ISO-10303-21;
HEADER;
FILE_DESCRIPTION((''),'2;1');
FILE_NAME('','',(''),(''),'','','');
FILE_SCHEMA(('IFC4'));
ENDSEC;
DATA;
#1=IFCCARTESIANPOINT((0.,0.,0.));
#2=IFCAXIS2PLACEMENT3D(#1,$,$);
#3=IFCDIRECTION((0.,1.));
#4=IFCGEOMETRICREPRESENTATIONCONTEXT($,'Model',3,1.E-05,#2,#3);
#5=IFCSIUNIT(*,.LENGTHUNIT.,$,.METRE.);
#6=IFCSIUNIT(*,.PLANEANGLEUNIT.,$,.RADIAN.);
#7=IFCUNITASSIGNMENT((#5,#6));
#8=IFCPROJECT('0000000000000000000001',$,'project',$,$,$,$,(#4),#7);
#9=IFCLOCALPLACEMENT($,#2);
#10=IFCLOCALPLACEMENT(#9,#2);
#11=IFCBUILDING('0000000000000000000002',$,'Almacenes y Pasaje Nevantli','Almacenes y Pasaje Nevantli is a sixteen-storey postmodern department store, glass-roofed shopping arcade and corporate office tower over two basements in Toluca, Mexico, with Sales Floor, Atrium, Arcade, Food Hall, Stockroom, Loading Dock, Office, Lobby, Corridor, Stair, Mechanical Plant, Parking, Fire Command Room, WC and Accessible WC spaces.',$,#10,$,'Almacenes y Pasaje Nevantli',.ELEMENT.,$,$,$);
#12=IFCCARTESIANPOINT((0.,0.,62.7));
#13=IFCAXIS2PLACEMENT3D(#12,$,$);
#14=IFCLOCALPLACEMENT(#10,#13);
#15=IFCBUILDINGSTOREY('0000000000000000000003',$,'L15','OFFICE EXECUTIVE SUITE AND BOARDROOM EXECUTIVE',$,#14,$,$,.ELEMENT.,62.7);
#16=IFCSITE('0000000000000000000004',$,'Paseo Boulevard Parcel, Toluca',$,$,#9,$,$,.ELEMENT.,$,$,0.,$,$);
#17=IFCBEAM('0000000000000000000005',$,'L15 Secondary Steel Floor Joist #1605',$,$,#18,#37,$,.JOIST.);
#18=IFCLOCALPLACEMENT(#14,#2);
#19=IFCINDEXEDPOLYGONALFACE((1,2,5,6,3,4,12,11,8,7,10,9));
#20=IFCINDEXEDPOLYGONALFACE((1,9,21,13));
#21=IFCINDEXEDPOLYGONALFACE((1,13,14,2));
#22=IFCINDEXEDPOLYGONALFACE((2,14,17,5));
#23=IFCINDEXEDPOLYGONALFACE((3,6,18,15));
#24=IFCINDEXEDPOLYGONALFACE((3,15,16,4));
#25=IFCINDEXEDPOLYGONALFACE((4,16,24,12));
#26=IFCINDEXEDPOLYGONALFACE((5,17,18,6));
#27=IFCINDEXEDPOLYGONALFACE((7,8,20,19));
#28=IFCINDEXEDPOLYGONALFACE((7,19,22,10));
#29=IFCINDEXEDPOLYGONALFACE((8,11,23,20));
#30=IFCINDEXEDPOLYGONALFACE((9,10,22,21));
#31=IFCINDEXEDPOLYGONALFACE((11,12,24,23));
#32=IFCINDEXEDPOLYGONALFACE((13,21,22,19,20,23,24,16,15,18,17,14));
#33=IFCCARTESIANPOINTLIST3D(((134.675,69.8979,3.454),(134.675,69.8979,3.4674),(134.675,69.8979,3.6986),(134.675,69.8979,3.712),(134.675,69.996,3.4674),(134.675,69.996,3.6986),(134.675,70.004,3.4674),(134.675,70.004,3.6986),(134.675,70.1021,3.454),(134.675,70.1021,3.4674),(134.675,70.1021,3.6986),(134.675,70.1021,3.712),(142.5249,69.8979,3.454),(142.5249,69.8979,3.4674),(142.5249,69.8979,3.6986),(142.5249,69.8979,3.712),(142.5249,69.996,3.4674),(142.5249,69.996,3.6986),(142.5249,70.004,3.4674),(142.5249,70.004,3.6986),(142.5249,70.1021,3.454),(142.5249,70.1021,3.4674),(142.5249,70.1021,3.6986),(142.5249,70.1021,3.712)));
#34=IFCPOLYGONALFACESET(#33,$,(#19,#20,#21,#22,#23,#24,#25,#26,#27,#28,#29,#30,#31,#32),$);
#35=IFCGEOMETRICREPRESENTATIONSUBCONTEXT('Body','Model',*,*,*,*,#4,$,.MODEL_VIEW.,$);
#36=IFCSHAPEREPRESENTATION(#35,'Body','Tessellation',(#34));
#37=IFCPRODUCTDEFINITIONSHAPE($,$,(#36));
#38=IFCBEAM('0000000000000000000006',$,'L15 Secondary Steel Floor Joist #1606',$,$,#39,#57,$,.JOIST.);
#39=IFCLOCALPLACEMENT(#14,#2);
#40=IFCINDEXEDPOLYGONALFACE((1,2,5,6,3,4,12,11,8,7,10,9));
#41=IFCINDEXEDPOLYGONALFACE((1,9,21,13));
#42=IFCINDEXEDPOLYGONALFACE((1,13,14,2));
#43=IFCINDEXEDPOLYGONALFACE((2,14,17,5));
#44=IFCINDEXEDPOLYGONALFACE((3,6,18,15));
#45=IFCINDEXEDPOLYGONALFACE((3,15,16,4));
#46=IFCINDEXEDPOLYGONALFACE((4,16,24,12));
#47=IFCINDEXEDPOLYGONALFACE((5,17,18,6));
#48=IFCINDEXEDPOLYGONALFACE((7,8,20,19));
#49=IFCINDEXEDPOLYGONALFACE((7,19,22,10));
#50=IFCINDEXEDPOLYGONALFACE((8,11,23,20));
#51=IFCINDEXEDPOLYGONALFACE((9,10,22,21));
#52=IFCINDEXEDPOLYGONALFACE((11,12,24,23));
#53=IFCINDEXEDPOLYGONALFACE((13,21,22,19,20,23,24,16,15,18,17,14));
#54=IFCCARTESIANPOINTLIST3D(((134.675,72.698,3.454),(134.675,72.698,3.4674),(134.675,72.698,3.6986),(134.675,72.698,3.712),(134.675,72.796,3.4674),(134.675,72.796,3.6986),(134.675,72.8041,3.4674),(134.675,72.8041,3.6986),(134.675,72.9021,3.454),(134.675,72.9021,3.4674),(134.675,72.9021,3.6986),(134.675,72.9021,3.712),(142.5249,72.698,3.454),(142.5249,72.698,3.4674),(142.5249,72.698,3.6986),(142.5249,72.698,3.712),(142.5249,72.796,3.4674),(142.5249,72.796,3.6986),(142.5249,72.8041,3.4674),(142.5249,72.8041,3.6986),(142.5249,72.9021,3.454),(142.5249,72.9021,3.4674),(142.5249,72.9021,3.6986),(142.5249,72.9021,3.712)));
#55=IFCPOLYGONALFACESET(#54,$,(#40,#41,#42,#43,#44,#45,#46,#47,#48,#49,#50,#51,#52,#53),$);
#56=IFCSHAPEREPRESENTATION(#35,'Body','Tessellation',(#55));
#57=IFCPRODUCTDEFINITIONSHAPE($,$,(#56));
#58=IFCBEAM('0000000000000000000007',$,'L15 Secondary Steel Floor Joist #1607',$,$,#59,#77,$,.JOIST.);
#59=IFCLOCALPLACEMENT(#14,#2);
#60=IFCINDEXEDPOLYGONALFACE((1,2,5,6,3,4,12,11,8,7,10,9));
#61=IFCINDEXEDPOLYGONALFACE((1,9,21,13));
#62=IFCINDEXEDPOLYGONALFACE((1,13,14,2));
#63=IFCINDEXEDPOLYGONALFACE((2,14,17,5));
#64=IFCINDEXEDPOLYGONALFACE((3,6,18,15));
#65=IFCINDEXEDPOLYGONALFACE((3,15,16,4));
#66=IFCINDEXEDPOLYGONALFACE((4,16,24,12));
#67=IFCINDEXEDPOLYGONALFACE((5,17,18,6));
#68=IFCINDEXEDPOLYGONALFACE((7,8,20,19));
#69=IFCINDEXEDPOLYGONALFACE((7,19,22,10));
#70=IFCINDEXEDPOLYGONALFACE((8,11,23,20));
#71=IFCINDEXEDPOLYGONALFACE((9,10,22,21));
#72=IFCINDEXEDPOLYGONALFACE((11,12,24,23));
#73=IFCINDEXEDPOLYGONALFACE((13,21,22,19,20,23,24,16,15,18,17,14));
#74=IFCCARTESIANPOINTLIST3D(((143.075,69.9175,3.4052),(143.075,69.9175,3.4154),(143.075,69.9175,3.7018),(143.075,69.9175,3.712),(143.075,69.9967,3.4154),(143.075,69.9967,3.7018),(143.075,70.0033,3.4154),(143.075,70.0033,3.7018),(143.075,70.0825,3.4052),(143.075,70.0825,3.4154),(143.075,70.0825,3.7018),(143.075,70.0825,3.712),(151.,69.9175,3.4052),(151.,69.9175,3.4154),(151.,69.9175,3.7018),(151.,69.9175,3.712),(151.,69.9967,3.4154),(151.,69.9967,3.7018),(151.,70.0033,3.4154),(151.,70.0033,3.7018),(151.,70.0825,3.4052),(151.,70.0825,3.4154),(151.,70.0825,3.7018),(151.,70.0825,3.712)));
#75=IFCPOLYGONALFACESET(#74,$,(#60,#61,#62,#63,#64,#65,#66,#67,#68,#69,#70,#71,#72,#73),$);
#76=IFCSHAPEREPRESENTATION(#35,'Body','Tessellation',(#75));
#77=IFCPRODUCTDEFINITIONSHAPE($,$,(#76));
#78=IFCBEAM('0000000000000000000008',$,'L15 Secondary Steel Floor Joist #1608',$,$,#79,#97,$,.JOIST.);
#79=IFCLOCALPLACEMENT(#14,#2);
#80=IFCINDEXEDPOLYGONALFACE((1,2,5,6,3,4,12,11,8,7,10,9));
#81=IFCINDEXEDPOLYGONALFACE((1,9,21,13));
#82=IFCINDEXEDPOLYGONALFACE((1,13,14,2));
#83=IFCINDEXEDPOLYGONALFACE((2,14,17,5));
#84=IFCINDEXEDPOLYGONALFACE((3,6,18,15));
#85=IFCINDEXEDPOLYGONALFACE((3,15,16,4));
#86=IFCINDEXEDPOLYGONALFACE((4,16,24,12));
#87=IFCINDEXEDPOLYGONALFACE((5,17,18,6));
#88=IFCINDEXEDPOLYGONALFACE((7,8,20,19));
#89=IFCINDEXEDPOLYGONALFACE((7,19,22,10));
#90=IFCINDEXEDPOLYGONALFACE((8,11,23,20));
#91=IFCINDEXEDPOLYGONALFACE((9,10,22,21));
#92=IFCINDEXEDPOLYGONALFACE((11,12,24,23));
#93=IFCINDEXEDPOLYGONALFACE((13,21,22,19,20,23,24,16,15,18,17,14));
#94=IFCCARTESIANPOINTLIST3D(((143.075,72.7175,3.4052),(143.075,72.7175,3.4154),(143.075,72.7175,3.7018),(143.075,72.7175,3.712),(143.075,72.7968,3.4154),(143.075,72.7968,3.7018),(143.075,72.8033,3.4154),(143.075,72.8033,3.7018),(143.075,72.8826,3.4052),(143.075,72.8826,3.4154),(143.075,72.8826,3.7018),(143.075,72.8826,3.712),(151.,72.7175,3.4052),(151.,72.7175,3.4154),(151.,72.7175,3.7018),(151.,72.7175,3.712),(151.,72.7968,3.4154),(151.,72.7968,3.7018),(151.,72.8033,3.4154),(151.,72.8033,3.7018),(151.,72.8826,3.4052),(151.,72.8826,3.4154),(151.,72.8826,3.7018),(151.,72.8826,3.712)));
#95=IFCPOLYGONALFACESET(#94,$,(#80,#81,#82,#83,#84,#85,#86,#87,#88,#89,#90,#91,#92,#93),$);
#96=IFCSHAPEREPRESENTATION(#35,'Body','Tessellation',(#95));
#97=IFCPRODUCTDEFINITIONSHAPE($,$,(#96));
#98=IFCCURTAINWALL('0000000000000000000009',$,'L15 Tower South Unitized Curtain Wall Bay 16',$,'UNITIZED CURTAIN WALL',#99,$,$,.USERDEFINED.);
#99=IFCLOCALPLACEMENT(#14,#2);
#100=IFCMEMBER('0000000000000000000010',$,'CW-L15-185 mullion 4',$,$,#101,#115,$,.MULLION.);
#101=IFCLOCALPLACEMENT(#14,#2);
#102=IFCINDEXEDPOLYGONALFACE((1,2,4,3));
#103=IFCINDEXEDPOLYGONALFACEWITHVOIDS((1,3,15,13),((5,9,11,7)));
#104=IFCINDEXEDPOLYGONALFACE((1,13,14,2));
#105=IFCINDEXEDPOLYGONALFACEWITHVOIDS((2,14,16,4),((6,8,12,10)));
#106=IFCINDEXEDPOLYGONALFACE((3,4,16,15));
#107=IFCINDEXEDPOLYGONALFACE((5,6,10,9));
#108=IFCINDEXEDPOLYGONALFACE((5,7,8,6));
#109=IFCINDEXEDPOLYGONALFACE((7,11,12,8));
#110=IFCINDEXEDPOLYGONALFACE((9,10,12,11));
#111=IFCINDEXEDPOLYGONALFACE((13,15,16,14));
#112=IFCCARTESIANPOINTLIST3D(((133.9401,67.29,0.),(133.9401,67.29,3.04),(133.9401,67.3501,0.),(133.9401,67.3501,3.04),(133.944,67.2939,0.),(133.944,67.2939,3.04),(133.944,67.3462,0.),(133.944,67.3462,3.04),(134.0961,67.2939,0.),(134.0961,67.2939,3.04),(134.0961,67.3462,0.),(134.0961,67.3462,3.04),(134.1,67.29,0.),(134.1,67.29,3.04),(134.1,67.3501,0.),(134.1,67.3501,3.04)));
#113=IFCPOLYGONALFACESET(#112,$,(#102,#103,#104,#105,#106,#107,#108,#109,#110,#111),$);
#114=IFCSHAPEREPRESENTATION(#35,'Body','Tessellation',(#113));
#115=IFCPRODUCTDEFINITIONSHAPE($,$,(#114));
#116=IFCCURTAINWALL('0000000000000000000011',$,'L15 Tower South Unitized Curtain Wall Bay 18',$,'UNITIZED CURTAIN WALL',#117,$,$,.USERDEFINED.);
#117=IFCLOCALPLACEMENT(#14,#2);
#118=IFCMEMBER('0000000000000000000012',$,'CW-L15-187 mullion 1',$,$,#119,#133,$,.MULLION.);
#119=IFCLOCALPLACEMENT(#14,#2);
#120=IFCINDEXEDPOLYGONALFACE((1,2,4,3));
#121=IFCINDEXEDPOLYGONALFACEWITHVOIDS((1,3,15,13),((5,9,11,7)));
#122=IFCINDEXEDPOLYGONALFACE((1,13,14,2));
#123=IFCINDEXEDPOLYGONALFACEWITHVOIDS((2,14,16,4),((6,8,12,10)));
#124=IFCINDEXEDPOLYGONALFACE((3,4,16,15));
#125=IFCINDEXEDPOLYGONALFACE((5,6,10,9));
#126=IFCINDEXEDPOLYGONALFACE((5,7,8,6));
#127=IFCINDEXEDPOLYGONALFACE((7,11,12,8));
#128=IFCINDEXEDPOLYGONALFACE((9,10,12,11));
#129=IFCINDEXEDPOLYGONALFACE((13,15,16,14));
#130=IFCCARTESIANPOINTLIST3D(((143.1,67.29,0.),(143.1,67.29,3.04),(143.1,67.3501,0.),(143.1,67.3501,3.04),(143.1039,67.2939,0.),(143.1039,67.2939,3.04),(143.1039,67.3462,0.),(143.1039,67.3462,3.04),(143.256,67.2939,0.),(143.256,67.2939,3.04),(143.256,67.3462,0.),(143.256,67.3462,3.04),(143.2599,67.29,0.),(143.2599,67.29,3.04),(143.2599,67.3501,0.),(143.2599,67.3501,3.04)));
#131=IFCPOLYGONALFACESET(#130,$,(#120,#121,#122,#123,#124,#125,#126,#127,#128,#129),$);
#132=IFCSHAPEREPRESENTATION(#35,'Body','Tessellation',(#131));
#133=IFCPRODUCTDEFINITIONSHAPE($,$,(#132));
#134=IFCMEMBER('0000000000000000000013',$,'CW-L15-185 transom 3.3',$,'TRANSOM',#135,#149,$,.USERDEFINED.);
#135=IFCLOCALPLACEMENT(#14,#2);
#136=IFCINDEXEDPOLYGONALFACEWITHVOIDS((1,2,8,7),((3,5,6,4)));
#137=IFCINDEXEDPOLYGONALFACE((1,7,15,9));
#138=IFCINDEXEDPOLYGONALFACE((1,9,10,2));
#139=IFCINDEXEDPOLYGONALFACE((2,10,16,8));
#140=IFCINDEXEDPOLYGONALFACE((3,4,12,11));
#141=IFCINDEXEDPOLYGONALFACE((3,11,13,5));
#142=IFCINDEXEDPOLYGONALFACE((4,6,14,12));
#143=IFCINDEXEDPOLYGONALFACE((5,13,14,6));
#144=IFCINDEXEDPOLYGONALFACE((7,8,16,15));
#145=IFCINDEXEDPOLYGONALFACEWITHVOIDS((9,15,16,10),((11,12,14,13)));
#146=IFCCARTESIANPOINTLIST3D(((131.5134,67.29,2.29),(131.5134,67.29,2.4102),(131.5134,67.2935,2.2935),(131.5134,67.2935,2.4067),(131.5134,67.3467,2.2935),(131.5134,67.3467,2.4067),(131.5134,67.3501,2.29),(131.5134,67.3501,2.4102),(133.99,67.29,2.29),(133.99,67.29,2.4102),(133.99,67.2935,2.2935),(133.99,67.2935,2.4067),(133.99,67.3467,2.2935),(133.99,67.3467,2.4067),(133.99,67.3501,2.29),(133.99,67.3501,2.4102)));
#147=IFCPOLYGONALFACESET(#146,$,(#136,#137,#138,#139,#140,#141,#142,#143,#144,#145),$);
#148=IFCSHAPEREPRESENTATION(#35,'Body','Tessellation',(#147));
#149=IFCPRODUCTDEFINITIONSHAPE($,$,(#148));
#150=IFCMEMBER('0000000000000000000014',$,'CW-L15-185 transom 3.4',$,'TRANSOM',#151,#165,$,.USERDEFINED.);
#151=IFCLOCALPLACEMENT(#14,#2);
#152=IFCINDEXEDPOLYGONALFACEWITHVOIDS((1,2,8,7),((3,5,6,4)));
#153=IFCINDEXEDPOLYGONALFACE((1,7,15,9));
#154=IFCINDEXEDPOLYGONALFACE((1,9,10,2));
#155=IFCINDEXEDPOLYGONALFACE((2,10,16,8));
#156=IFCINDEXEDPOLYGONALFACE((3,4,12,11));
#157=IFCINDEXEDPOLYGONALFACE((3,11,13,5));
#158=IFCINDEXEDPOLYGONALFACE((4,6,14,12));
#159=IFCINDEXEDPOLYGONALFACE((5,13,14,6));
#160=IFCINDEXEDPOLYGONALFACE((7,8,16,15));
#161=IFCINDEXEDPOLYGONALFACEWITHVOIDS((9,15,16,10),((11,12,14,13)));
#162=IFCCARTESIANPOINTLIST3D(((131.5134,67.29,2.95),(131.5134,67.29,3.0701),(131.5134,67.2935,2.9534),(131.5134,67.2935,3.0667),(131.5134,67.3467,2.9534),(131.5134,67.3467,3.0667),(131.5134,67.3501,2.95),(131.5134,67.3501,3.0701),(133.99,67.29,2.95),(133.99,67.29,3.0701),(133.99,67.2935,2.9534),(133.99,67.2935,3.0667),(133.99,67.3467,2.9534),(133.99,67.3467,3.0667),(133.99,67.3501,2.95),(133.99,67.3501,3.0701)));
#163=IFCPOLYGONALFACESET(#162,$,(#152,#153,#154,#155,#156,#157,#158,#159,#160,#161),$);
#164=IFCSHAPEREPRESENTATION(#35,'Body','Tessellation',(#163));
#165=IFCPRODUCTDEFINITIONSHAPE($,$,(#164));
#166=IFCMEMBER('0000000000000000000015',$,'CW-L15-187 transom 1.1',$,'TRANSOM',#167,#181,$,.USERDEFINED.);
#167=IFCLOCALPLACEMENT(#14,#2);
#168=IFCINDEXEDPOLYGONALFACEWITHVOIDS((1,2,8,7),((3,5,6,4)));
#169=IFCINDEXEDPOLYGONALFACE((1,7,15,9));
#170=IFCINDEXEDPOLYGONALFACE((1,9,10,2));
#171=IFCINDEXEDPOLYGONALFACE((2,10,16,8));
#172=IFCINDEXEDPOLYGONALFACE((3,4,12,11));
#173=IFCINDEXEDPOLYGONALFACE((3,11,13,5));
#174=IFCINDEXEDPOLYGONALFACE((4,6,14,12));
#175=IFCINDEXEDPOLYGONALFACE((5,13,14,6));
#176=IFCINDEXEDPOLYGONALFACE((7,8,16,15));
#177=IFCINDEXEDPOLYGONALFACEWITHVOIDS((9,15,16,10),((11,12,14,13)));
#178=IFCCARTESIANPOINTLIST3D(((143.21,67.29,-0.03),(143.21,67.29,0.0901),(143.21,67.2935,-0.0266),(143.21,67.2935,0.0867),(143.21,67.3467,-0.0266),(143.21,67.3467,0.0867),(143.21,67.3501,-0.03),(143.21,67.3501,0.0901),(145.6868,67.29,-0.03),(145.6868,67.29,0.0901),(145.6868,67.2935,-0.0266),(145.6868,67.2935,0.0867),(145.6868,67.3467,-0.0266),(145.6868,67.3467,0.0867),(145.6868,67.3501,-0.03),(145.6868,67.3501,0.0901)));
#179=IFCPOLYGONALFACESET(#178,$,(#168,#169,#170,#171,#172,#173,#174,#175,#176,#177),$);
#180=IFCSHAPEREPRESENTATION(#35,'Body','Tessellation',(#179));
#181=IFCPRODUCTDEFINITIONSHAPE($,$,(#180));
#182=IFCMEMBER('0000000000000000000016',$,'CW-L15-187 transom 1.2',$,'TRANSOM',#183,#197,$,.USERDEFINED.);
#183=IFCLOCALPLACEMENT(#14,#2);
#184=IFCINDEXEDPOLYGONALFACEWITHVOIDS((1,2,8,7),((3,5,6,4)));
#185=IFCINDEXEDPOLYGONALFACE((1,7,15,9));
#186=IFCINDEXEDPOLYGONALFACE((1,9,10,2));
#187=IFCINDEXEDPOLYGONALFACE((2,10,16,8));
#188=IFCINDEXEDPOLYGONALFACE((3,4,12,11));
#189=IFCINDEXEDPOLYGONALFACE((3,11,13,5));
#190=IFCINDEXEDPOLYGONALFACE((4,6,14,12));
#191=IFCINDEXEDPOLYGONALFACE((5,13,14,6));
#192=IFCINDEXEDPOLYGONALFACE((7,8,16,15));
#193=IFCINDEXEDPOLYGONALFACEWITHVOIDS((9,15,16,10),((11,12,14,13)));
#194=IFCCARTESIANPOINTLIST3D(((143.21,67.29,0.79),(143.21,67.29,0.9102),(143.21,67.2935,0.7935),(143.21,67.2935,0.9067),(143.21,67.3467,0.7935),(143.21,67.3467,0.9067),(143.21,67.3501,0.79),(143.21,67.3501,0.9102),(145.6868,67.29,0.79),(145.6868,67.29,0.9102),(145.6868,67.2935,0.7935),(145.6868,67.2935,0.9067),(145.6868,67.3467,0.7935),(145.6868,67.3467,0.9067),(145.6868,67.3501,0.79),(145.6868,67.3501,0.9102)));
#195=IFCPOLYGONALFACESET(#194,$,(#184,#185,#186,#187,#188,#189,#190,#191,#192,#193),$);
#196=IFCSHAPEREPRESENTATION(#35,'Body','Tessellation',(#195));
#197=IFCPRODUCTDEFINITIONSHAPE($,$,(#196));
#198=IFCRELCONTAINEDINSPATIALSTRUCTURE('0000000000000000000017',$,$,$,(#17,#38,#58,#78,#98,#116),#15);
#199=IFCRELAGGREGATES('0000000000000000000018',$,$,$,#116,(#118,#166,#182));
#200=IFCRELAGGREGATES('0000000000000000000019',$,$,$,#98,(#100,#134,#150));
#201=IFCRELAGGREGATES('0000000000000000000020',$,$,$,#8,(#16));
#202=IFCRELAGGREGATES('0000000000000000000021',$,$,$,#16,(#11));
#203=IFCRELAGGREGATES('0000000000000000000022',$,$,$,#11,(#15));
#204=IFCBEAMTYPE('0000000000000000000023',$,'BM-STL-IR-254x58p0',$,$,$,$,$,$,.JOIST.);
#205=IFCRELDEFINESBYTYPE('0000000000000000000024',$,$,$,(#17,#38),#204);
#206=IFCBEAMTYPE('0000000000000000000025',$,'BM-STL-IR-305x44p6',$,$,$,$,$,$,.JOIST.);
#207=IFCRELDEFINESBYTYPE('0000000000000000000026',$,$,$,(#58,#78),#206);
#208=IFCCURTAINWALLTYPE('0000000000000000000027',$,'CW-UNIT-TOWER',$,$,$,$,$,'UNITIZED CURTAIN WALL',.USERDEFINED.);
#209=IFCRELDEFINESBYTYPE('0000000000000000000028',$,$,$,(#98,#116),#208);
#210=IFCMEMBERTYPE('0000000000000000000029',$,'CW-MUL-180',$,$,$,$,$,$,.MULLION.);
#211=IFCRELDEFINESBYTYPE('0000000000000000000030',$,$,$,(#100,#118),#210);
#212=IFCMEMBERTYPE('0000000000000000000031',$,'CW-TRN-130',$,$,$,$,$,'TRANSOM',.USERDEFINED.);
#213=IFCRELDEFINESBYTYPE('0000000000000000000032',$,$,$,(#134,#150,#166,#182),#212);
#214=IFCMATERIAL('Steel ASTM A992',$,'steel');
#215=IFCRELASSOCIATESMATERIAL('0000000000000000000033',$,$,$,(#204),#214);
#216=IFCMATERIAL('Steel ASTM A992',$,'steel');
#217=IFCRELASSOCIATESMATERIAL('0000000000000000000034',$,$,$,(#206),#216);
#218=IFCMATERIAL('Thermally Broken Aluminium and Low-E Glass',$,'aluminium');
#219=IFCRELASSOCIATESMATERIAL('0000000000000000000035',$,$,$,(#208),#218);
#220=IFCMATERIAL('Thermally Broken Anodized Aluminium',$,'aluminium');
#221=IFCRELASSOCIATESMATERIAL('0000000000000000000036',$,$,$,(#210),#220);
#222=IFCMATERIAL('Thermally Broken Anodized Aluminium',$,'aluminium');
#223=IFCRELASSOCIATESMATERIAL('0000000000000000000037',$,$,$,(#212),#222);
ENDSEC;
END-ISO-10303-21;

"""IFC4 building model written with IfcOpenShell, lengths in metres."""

from ifc_helpers import new_model, si_unit, direction, frame, origin, origin_2d, place, context, subcontext, project, spatial, hollow_rectangle, i_section, extrude, material, material_profile, profile_set, type_object, element, aggregate, save


model = new_model("IFC4")

# Units and contexts
model_context = context("Model", 3, precision=1e-05, world=origin(), true_north=direction((0.0, 1.0)))
body_context = subcontext(model_context, "Body", "Model", "MODEL_VIEW")
ifc_project = project(units=[si_unit("LENGTHUNIT", "METRE"), si_unit("PLANEANGLEUNIT", "RADIAN")], contexts=[model_context])

# Site, building, storey
site_placement = place(None, origin())
site = spatial("IfcSite", under=ifc_project, at=site_placement, Name="Paseo Boulevard Parcel, Toluca", CompositionType="ELEMENT", RefElevation=0.0)
building_placement = place(site_placement, origin())
building = spatial("IfcBuilding", under=site, at=building_placement, Name="Almacenes y Pasaje Nevantli", Description="Almacenes y Pasaje Nevantli is a sixteen-storey postmodern department store, glass-roofed shopping arcade and corporate office tower over two basements in Toluca, Mexico, with Sales Floor, Atrium, Arcade, Food Hall, Stockroom, Loading Dock, Office, Lobby, Corridor, Stair, Mechanical Plant, Parking, Fire Command Room, WC and Accessible WC spaces.", LongName="Almacenes y Pasaje Nevantli", CompositionType="ELEMENT")
storey_placement = place(building_placement, frame((0.0, 0.0, 62.7)))
storey = spatial("IfcBuildingStorey", under=building, at=storey_placement, Name="L15", Description="OFFICE EXECUTIVE SUITE AND BOARDROOM EXECUTIVE", CompositionType="ELEMENT", Elevation=62.7)

# Beams
ifc_material_1 = material(Name="Steel ASTM A992", Category="steel")
ifc_material_profile_1 = material_profile(ifc_material_1, i_section(OverallWidth=0.2041, OverallDepth=0.2581, WebThickness=0.0081, FlangeThickness=0.0134, at=origin_2d()), Name="IR 254x58.0")
ifc_profile_set_1 = profile_set([ifc_material_profile_1], Name="Steel ASTM A992")
beam_type_1 = type_object("IfcBeamType", Name="BM-STL-IR-254x58p0", PredefinedType="JOIST", material=ifc_profile_set_1)
for number, where, z_axis, x_axis, name in (
    (1, (134.675, 70.0, 3.583), (1.0, 0.0, 0.0), (0.0, 1.0, 0.0), "L15 Secondary Steel Floor Joist #1605"),
    (2, (134.675, 72.8, 3.583), (1.0, 0.0, 0.0), (0.0, 1.0, 0.0), "L15 Secondary Steel Floor Joist #1606"),
):
    element("IfcBeam", number, at=place(storey_placement, frame(where, z_axis=z_axis, x_axis=x_axis)), inside=storey, type_object=beam_type_1, Name=name, PredefinedType="JOIST", context=body_context, shape_type="SweptSolid", body=[
        extrude(i_section(OverallWidth=0.2041, OverallDepth=0.2581, WebThickness=0.0081, FlangeThickness=0.0134, at=origin_2d()), origin(), (0.0, 0.0, 1.0), 7.8499),
    ])
ifc_material_2 = material(Name="Steel ASTM A992", Category="steel")
ifc_material_profile_2 = material_profile(ifc_material_2, i_section(OverallWidth=0.165, OverallDepth=0.3069, WebThickness=0.0066, FlangeThickness=0.0103, at=origin_2d()), Name="IR 305x44.6")
ifc_profile_set_2 = profile_set([ifc_material_profile_2], Name="Steel ASTM A992")
beam_type_2 = type_object("IfcBeamType", Name="BM-STL-IR-305x44p6", PredefinedType="JOIST", material=ifc_profile_set_2)
for number, where, z_axis, x_axis, name in (
    (3, (143.075, 70.0, 3.5586), (1.0, 0.0, 0.0), (0.0, 1.0, 0.0), "L15 Secondary Steel Floor Joist #1607"),
    (4, (143.075, 72.8, 3.5586), (1.0, 0.0, 0.0), (0.0, 1.0, 0.0), "L15 Secondary Steel Floor Joist #1608"),
):
    element("IfcBeam", number, at=place(storey_placement, frame(where, z_axis=z_axis, x_axis=x_axis)), inside=storey, type_object=beam_type_2, Name=name, PredefinedType="JOIST", context=body_context, shape_type="SweptSolid", body=[
        extrude(i_section(OverallWidth=0.165, OverallDepth=0.3069, WebThickness=0.0066, FlangeThickness=0.0103, at=origin_2d()), origin(), (0.0, 0.0, 1.0), 7.925),
    ])

# Curtain walls, members
ifc_material_3 = material(Name="Thermally Broken Aluminium and Low-E Glass", Category="aluminium")
curtain_wall_type = type_object("IfcCurtainWallType", Name="CW-UNIT-TOWER", ElementType="UNITIZED CURTAIN WALL", PredefinedType="USERDEFINED", material=ifc_material_3)
curtain_wall_1_placement = place(storey_placement, origin())
curtain_wall_1 = element("IfcCurtainWall", 5, at=curtain_wall_1_placement, inside=storey, type_object=curtain_wall_type, Name="L15 Tower South Unitized Curtain Wall Bay 16", ObjectType="UNITIZED CURTAIN WALL", PredefinedType="USERDEFINED")
ifc_material_4 = material(Name="Thermally Broken Anodized Aluminium", Category="aluminium")
ifc_material_profile_3 = material_profile(ifc_material_4, hollow_rectangle(XDim=0.0601, YDim=0.1599, WallThickness=0.0039, at=origin_2d()), Name="ALU-MUL-60x160")
ifc_profile_set_3 = profile_set([ifc_material_profile_3], Name="Thermally Broken Anodized Aluminium")
member_type_1 = type_object("IfcMemberType", Name="CW-MUL-180", PredefinedType="MULLION", material=ifc_profile_set_3)
member_1_placement = place(storey_placement, frame((134.02, 67.3201, 0.0), z_axis=(0.0, 0.0, 1.0), x_axis=(0.0, 1.0, 0.0)))
member_1 = element("IfcMember", 6, at=member_1_placement, type_object=member_type_1, Name="CW-L15-185 mullion 4", PredefinedType="MULLION", context=body_context, shape_type="SweptSolid", body=[
    extrude(hollow_rectangle(XDim=0.0601, YDim=0.1599, WallThickness=0.0039, at=origin_2d()), origin(), (0.0, 0.0, 1.0), 3.04),
])
curtain_wall_2_placement = place(storey_placement, origin())
curtain_wall_2 = element("IfcCurtainWall", 7, at=curtain_wall_2_placement, inside=storey, type_object=curtain_wall_type, Name="L15 Tower South Unitized Curtain Wall Bay 18", ObjectType="UNITIZED CURTAIN WALL", PredefinedType="USERDEFINED")
member_2_placement = place(storey_placement, frame((143.1799, 67.3201, 0.0), z_axis=(0.0, 0.0, 1.0), x_axis=(0.0, 1.0, 0.0)))
member_2 = element("IfcMember", 8, at=member_2_placement, type_object=member_type_1, Name="CW-L15-187 mullion 1", PredefinedType="MULLION", context=body_context, shape_type="SweptSolid", body=[
    extrude(hollow_rectangle(XDim=0.0601, YDim=0.1599, WallThickness=0.0039, at=origin_2d()), origin(), (0.0, 0.0, 1.0), 3.04),
])

# Members
ifc_material_5 = material(Name="Thermally Broken Anodized Aluminium", Category="aluminium")
ifc_material_profile_4 = material_profile(ifc_material_5, hollow_rectangle(XDim=0.0601, YDim=0.1201, WallThickness=0.0034, at=origin_2d()), Name="ALU-TRN-60x120")
ifc_profile_set_4 = profile_set([ifc_material_profile_4], Name="Thermally Broken Anodized Aluminium")
member_type_2 = type_object("IfcMemberType", Name="CW-TRN-130", ElementType="TRANSOM", PredefinedType="USERDEFINED", material=ifc_profile_set_4)
member_3_placement = place(storey_placement, frame((131.5134, 67.3201, 2.3501), z_axis=(1.0, 0.0, 0.0), x_axis=(0.0, 1.0, 0.0)))
member_3 = element("IfcMember", 9, at=member_3_placement, type_object=member_type_2, Name="CW-L15-185 transom 3.3", ObjectType="TRANSOM", PredefinedType="USERDEFINED", context=body_context, shape_type="SweptSolid", body=[
    extrude(hollow_rectangle(XDim=0.0601, YDim=0.1201, WallThickness=0.0034, at=origin_2d()), origin(), (0.0, 0.0, 1.0), 2.4766),
])
member_4_placement = place(storey_placement, frame((131.5134, 67.3201, 3.01), z_axis=(1.0, 0.0, 0.0), x_axis=(0.0, 1.0, 0.0)))
member_4 = element("IfcMember", 10, at=member_4_placement, type_object=member_type_2, Name="CW-L15-185 transom 3.4", ObjectType="TRANSOM", PredefinedType="USERDEFINED", context=body_context, shape_type="SweptSolid", body=[
    extrude(hollow_rectangle(XDim=0.0601, YDim=0.1201, WallThickness=0.0034, at=origin_2d()), origin(), (0.0, 0.0, 1.0), 2.4766),
])
member_5_placement = place(storey_placement, frame((143.21, 67.3201, 0.03), z_axis=(1.0, 0.0, 0.0), x_axis=(0.0, 1.0, 0.0)))
member_5 = element("IfcMember", 11, at=member_5_placement, type_object=member_type_2, Name="CW-L15-187 transom 1.1", ObjectType="TRANSOM", PredefinedType="USERDEFINED", context=body_context, shape_type="SweptSolid", body=[
    extrude(hollow_rectangle(XDim=0.0601, YDim=0.1201, WallThickness=0.0034, at=origin_2d()), origin(), (0.0, 0.0, 1.0), 2.4768),
])
member_6_placement = place(storey_placement, frame((143.21, 67.3201, 0.8501), z_axis=(1.0, 0.0, 0.0), x_axis=(0.0, 1.0, 0.0)))
member_6 = element("IfcMember", 12, at=member_6_placement, type_object=member_type_2, Name="CW-L15-187 transom 1.2", ObjectType="TRANSOM", PredefinedType="USERDEFINED", context=body_context, shape_type="SweptSolid", body=[
    extrude(hollow_rectangle(XDim=0.0601, YDim=0.1201, WallThickness=0.0034, at=origin_2d()), origin(), (0.0, 0.0, 1.0), 2.4768),
])
aggregate(curtain_wall_2, [member_2, member_5, member_6])

aggregate(curtain_wall_1, [member_1, member_3, member_4])

save(model, "model.ifc")
